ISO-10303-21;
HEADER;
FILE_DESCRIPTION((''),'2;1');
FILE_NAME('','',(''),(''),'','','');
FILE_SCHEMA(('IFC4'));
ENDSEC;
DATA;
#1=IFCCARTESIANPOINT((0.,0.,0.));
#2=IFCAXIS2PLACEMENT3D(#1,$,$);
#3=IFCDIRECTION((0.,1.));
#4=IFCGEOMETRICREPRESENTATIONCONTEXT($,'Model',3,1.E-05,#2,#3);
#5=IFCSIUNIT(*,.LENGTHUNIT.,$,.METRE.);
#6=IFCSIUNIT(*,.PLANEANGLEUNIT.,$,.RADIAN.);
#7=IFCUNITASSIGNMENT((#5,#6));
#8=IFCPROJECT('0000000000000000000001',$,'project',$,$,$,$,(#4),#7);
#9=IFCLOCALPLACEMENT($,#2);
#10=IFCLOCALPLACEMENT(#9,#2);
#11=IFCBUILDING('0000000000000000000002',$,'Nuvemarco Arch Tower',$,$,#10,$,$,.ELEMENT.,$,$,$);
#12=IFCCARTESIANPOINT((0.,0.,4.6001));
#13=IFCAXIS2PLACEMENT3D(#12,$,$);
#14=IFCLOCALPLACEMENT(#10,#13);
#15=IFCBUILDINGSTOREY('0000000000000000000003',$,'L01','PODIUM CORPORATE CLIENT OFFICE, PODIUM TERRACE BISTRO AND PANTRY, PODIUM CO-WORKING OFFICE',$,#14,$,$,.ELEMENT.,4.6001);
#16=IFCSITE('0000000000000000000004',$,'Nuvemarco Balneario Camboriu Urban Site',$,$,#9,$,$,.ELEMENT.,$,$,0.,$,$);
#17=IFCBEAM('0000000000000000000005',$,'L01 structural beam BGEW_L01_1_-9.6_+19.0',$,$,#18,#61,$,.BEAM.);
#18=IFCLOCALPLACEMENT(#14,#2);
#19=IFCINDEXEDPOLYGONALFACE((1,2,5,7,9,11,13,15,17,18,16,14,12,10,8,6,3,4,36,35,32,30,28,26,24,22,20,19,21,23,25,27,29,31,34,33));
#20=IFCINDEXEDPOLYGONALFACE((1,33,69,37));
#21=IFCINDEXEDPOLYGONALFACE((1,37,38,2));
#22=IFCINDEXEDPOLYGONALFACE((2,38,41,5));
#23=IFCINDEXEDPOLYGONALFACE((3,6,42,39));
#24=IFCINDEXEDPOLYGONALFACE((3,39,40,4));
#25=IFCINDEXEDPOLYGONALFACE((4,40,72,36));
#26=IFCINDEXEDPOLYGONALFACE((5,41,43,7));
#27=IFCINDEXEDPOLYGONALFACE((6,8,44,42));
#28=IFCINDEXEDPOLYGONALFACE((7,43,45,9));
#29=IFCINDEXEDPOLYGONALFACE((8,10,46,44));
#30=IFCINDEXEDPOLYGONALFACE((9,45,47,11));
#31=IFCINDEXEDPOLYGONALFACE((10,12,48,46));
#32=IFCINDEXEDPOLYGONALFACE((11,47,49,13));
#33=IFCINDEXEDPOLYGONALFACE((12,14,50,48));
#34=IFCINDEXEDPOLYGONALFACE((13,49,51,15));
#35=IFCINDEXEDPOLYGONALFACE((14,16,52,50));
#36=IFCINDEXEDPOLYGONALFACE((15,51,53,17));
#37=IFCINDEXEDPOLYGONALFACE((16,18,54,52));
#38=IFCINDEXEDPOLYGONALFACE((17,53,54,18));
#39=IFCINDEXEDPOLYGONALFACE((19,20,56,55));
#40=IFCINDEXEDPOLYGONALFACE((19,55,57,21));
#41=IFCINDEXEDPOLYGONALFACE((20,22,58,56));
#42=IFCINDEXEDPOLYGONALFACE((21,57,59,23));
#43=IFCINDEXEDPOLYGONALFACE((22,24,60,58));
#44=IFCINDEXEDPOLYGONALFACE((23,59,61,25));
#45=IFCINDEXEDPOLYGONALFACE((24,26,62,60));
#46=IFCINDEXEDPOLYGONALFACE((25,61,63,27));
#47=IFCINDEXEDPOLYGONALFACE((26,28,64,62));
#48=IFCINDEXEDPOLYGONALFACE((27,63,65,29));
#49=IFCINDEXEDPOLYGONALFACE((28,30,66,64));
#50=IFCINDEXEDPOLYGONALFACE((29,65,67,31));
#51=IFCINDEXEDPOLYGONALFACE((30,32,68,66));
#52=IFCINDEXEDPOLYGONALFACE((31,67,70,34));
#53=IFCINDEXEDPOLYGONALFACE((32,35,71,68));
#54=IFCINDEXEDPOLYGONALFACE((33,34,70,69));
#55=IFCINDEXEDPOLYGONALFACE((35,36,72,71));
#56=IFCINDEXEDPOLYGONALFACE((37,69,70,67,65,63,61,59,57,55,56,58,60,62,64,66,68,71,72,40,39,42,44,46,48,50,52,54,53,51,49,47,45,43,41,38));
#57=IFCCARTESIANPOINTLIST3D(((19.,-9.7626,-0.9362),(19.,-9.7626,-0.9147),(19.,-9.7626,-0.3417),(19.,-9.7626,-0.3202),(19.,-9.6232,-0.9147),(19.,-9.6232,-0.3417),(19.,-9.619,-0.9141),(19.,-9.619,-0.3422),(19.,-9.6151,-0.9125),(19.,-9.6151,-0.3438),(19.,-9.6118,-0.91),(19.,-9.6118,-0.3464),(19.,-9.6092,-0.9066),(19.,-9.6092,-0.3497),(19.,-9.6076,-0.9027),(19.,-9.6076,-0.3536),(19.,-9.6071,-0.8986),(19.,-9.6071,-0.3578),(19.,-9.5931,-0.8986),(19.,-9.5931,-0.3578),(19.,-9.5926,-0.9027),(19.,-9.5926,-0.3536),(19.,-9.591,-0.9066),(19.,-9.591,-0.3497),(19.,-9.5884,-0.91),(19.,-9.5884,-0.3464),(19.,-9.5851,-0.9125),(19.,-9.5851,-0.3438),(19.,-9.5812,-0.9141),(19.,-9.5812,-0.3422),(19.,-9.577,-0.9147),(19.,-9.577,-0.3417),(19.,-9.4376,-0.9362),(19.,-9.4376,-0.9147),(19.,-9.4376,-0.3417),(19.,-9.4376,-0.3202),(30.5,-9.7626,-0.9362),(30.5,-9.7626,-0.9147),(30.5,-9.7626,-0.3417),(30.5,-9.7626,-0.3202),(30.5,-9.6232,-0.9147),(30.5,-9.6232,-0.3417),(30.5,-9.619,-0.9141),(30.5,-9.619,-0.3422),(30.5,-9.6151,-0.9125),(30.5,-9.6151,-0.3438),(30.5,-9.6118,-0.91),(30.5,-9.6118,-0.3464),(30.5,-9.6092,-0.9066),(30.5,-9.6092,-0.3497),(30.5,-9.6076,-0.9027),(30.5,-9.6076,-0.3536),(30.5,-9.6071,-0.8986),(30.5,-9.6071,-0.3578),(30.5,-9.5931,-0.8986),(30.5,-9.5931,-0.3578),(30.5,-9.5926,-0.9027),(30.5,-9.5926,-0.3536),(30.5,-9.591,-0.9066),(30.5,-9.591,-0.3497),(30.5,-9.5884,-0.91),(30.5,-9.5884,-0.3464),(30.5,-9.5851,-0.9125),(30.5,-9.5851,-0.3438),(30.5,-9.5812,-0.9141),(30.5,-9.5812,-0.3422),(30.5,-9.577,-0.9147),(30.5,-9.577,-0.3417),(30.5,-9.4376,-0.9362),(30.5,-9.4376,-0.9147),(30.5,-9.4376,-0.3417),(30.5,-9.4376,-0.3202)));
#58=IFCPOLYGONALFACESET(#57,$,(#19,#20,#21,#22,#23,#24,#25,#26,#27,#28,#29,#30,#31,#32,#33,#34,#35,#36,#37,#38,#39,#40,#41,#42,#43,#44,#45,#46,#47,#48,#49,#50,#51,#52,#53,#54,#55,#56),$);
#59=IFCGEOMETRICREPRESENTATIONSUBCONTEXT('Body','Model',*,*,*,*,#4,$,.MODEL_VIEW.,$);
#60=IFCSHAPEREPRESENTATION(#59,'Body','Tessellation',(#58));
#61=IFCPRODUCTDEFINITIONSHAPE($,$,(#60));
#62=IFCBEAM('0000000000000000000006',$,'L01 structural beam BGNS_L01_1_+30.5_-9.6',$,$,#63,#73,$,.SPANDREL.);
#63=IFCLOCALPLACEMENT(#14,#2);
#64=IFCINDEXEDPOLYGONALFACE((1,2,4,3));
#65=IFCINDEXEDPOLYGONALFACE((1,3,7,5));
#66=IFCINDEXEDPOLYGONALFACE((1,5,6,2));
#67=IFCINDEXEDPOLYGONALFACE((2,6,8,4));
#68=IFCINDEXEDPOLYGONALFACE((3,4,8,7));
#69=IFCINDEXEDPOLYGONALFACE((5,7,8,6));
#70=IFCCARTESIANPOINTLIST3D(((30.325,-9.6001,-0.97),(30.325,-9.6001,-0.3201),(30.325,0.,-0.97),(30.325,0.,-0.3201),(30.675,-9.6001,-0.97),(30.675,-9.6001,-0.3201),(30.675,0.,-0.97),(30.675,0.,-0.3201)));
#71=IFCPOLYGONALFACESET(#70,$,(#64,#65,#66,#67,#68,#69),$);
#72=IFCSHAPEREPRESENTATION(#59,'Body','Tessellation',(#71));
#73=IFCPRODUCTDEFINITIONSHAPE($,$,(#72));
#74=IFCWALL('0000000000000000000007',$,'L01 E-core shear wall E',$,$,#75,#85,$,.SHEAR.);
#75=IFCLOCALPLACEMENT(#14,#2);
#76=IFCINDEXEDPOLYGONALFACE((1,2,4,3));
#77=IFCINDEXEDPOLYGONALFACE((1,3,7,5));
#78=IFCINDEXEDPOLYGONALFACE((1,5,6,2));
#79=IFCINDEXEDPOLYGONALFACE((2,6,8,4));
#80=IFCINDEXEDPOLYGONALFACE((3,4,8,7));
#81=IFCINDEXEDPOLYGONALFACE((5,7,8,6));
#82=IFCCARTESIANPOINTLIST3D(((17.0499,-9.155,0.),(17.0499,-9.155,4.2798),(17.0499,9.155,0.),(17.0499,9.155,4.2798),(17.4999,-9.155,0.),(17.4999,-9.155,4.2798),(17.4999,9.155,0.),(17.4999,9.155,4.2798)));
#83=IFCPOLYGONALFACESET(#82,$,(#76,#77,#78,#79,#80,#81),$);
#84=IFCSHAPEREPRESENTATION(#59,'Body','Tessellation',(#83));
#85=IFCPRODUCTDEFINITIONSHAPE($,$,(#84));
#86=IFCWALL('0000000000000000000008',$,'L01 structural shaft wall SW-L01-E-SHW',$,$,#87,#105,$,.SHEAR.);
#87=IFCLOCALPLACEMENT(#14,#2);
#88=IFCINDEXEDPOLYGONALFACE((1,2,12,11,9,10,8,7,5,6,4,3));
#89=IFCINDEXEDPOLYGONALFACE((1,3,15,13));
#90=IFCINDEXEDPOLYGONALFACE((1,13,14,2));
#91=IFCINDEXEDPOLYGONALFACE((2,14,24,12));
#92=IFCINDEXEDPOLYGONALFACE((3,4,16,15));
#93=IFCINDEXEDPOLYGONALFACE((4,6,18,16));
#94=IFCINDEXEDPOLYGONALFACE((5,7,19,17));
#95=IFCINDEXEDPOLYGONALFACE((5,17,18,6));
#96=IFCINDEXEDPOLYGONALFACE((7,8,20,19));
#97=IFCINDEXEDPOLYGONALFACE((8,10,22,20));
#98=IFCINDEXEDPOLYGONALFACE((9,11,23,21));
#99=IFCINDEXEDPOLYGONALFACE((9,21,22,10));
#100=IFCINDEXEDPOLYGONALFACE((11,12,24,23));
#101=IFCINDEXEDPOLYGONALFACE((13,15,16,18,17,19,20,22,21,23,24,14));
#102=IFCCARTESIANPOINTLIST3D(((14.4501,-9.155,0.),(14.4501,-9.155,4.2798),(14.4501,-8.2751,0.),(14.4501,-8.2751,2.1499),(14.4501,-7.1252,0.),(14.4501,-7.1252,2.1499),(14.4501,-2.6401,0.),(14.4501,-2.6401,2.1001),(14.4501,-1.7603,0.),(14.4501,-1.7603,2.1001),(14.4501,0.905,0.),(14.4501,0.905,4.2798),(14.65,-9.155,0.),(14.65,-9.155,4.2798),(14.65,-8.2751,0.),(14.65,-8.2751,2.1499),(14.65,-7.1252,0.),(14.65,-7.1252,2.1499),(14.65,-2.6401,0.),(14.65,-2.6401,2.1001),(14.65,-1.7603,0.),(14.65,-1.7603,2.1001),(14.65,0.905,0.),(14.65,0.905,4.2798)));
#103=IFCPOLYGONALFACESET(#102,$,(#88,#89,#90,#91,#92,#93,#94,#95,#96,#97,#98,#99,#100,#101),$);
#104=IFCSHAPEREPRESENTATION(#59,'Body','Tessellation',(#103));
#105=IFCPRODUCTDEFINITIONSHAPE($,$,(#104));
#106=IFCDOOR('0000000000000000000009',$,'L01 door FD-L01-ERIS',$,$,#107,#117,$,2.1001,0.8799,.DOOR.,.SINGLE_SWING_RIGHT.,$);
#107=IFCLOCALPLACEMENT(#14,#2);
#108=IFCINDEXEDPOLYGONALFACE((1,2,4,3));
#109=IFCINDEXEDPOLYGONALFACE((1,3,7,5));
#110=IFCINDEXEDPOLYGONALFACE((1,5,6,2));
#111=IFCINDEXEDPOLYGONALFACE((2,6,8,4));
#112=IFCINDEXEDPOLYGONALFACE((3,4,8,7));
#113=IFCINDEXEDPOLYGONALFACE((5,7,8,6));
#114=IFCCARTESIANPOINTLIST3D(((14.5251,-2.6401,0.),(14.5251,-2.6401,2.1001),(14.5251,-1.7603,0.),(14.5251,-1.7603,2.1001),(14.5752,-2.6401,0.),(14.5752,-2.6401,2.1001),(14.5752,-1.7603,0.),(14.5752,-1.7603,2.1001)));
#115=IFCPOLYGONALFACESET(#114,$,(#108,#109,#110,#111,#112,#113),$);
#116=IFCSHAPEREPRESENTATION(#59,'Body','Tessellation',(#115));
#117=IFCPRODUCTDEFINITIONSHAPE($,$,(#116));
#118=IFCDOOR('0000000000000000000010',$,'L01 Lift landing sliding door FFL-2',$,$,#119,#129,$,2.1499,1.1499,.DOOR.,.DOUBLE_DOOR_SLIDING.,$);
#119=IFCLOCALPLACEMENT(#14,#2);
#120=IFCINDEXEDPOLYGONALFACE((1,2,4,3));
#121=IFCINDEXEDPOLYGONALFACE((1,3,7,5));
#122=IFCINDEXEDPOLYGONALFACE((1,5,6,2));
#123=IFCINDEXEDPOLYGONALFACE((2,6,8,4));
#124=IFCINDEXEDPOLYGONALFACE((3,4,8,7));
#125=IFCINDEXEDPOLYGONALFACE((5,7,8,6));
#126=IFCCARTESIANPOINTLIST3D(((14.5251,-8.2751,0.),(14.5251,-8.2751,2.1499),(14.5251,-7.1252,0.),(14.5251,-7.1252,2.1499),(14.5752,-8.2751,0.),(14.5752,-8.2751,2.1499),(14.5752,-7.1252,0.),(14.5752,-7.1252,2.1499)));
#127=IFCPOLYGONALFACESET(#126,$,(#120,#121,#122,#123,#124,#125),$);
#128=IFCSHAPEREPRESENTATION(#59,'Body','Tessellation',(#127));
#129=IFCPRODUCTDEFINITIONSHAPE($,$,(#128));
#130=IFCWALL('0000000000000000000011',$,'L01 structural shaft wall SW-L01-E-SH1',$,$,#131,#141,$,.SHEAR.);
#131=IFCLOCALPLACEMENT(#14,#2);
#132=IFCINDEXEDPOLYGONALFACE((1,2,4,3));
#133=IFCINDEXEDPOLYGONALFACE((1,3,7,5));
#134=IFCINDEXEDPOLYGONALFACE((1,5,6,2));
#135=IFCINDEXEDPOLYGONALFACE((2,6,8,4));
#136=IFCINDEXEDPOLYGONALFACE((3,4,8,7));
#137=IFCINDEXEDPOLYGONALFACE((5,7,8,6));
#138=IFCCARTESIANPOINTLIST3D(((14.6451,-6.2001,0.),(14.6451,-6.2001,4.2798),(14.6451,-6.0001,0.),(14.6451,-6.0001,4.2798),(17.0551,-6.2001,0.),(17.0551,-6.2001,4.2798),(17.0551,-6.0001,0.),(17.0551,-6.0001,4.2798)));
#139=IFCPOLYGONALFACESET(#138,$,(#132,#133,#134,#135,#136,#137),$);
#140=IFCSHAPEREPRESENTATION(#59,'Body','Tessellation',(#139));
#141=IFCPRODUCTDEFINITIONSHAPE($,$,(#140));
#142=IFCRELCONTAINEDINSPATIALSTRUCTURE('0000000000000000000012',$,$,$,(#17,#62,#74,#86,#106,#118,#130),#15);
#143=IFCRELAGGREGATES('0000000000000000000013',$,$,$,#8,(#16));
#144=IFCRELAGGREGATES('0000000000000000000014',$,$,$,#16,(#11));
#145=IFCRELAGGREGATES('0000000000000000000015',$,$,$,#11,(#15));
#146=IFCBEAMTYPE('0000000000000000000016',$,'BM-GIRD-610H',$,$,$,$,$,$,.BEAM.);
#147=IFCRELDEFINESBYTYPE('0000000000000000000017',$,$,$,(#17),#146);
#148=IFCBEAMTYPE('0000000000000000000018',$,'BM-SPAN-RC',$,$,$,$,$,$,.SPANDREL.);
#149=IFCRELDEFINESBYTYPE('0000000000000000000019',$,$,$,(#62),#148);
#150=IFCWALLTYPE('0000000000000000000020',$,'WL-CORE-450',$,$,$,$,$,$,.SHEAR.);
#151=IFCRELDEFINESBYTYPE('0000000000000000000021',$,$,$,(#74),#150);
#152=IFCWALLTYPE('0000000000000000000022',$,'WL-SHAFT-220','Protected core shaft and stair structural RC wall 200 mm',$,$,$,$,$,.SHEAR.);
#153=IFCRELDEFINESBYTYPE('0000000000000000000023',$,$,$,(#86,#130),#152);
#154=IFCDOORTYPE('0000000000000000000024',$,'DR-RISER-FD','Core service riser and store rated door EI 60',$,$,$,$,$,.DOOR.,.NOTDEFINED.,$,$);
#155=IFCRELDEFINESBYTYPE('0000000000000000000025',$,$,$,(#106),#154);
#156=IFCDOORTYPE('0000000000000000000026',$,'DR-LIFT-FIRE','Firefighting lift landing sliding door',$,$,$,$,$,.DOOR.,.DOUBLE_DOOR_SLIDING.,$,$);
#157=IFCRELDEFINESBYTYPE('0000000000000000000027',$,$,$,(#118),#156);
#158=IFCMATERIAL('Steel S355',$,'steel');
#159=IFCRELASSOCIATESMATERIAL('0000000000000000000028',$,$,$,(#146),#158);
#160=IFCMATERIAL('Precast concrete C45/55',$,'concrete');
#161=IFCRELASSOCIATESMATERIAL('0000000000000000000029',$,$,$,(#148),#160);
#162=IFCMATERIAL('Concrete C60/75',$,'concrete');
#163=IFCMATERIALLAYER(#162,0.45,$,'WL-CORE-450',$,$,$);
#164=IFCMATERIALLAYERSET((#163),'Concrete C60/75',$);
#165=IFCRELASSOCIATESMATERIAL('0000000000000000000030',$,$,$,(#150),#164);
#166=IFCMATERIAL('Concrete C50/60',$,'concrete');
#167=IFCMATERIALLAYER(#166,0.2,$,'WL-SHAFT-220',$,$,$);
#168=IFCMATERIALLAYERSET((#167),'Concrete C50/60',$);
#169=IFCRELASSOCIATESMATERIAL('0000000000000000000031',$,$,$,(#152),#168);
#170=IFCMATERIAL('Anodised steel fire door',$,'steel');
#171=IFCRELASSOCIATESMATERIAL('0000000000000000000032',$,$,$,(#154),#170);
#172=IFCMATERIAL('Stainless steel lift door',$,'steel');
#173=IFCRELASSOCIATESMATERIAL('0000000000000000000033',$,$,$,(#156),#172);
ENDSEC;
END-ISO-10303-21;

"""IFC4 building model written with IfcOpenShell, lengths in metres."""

from ifc_helpers import new_model, si_unit, direction, frame, frame_2d, origin, origin_2d, place, context, subcontext, project, spatial, rectangle, i_section, extrude, source, transform, mapped, material, layer, layer_set, material_profile, profile_set, type_object, type_shapes, element, fill, save


model = new_model("IFC4")

# Units and contexts
model_context = context("Model", 3, precision=1e-05, world=origin(), true_north=direction((0.0, 1.0)))
body_context = subcontext(model_context, "Body", "Model", "MODEL_VIEW")
ifc_project = project(units=[si_unit("LENGTHUNIT", "METRE"), si_unit("PLANEANGLEUNIT", "RADIAN")], contexts=[model_context])

# Site, building, storey
site_placement = place(None, origin())
site = spatial("IfcSite", under=ifc_project, at=site_placement, Name="Nuvemarco Balneario Camboriu Urban Site", CompositionType="ELEMENT", RefElevation=0.0)
building_placement = place(site_placement, origin())
building = spatial("IfcBuilding", under=site, at=building_placement, Name="Nuvemarco Arch Tower", CompositionType="ELEMENT")
storey_placement = place(building_placement, frame((0.0, 0.0, 4.6001)))
storey = spatial("IfcBuildingStorey", under=building, at=storey_placement, Name="L01", Description="PODIUM CORPORATE CLIENT OFFICE, PODIUM TERRACE BISTRO AND PANTRY, PODIUM CO-WORKING OFFICE", CompositionType="ELEMENT", Elevation=4.6001)

# Shared definitions
ifc_material_1 = material(Name="Concrete C60/75", Category="concrete")

# Beams
ifc_material_2 = material(Name="Steel S355", Category="steel")
ifc_material_profile_1 = material_profile(ifc_material_2, i_section(OverallWidth=0.325, OverallDepth=0.616, WebThickness=0.0139, FlangeThickness=0.0215, FilletRadius=0.0161, at=origin_2d()), Name="W610x174")
ifc_profile_set_1 = profile_set([ifc_material_profile_1], Name="Steel S355")
beam_type_1 = type_object("IfcBeamType", Name="BM-GIRD-610H", PredefinedType="BEAM", material=ifc_profile_set_1)
beam_1_placement = place(storey_placement, frame((19.0, -9.6001, -0.6282), z_axis=(1.0, 0.0, 0.0), x_axis=(0.0, 1.0, 0.0)))
element("IfcBeam", 1, at=beam_1_placement, inside=storey, type_object=beam_type_1, Name="L01 structural beam BGEW_L01_1_-9.6_+19.0", PredefinedType="BEAM", context=body_context, shape_type="SweptSolid", body=[
    extrude(i_section(OverallWidth=0.325, OverallDepth=0.616, WebThickness=0.0139, FlangeThickness=0.0215, FilletRadius=0.0161, at=origin_2d()), origin(), (0.0, 0.0, 1.0), 11.5),
])
ifc_material_3 = material(Name="Precast concrete C45/55", Category="concrete")
ifc_material_profile_2 = material_profile(ifc_material_3, rectangle(XDim=0.3501, YDim=0.6499, at=origin_2d()), Name="PC-SP-350x650")
ifc_profile_set_2 = profile_set([ifc_material_profile_2], Name="Precast concrete C45/55")
beam_type_2 = type_object("IfcBeamType", Name="BM-SPAN-RC", PredefinedType="SPANDREL", material=ifc_profile_set_2)
beam_2_placement = place(storey_placement, frame((30.5, -9.6001, -0.645), z_axis=(0.0, 1.0, 0.0), x_axis=(-1.0, 0.0, 0.0)))
element("IfcBeam", 2, at=beam_2_placement, inside=storey, type_object=beam_type_2, Name="L01 structural beam BGNS_L01_1_+30.5_-9.6", PredefinedType="SPANDREL", context=body_context, shape_type="SweptSolid", body=[
    extrude(rectangle(XDim=0.3501, YDim=0.6499, at=origin_2d()), origin(), (0.0, 0.0, 1.0), 9.6001),
])

# Wall
ifc_layer_1 = layer(ifc_material_1, 0.45, Name="WL-CORE-450")
ifc_layer_set_1 = layer_set([ifc_layer_1], Name="Concrete C60/75")
wall_type_1 = type_object("IfcWallType", Name="WL-CORE-450", PredefinedType="SHEAR", material=ifc_layer_set_1)
wall_1_placement = place(storey_placement, frame((17.2749, -9.155, 0.0), z_axis=(0.0, 0.0, 1.0), x_axis=(0.0, 1.0, 0.0)))
element("IfcWall", 3, at=wall_1_placement, inside=storey, type_object=wall_type_1, Name="L01 E-core shear wall E", PredefinedType="SHEAR", context=body_context, shape_type="SweptSolid", body=[
    extrude(rectangle(XDim=18.3101, YDim=0.45, at=frame_2d((9.155, 0.0))), origin(), (0.0, 0.0, 1.0), 4.2798),
])

# Wall, openings, doors
ifc_material_4 = material(Name="Concrete C50/60", Category="concrete")
ifc_layer_2 = layer(ifc_material_4, 0.2, Name="WL-SHAFT-220")
ifc_layer_set_2 = layer_set([ifc_layer_2], Name="Concrete C50/60")
wall_type_2 = type_object("IfcWallType", Name="WL-SHAFT-220", Description="Protected core shaft and stair structural RC wall 200 mm", PredefinedType="SHEAR", material=ifc_layer_set_2)
wall_2_placement = place(storey_placement, frame((14.55, -9.155, 0.0), z_axis=(0.0, 0.0, 1.0), x_axis=(0.0, 1.0, 0.0)))
wall_2 = element("IfcWall", 4, at=wall_2_placement, inside=storey, type_object=wall_type_2, Name="L01 structural shaft wall SW-L01-E-SHW", PredefinedType="SHEAR", context=body_context, shape_type="SweptSolid", body=[
    extrude(rectangle(XDim=10.0601, YDim=0.2, at=frame_2d((5.03, 0.0))), origin(), (0.0, 0.0, 1.0), 4.2798),
])
opening_1_placement = place(wall_2_placement, frame((6.5149, 0.0, 0.0)))
opening_1 = element("IfcOpeningElement", 5, at=opening_1_placement, cuts=wall_2, PredefinedType="OPENING", context=body_context, shape_type="SweptSolid", body=[
    extrude(rectangle(XDim=0.8799, YDim=2.1001, at=frame_2d((0.4399, 1.05))), frame((0.0, 0.1099, 0.0), z_axis=(0.0, -1.0, 0.0), x_axis=(1.0, 0.0, 0.0)), (0.0, 0.0, 1.0), 0.22),
])
opening_2_placement = place(wall_2_placement, frame((0.8799, 0.0, 0.0)))
opening_2 = element("IfcOpeningElement", 6, at=opening_2_placement, cuts=wall_2, PredefinedType="OPENING", context=body_context, shape_type="SweptSolid", body=[
    extrude(rectangle(XDim=1.1499, YDim=2.1499, at=frame_2d((0.575, 1.075))), frame((0.0, 0.1099, 0.0), z_axis=(0.0, -1.0, 0.0), x_axis=(1.0, 0.0, 0.0)), (0.0, 0.0, 1.0), 0.22),
])
ifc_material_5 = material(Name="Anodised steel fire door", Category="steel")
door_type_1 = type_object("IfcDoorType", Name="DR-RISER-FD", Description="Core service riser and store rated door EI 60", OperationType="NOTDEFINED", PredefinedType="DOOR", material=ifc_material_5)
shared_shape_1 = source(origin(), body_context, "Body", "SweptSolid", [
    extrude(rectangle(XDim=0.8799, YDim=2.1001, at=frame_2d((0.4399, 1.05))), frame((0.0, 0.0249, 0.0), z_axis=(0.0, -1.0, 0.0), x_axis=(1.0, 0.0, 0.0)), (0.0, 0.0, 1.0), 0.05),
])
type_shapes(door_type_1, [shared_shape_1])
door_1_placement = place(opening_1_placement, origin())
door_1 = element("IfcDoor", 7, at=door_1_placement, inside=storey, type_object=door_type_1, Name="L01 door FD-L01-ERIS", OperationType="SINGLE_SWING_RIGHT", OverallHeight=2.1001, OverallWidth=0.8799, PredefinedType="DOOR", context=body_context, shape_type="MappedRepresentation", body=[
    mapped(shared_shape_1, transform((0.0, 0.0, 0.0), scale=1.0)),
])
fill(opening_1, door_1)
ifc_material_6 = material(Name="Stainless steel lift door", Category="steel")
door_type_2 = type_object("IfcDoorType", Name="DR-LIFT-FIRE", Description="Firefighting lift landing sliding door", OperationType="DOUBLE_DOOR_SLIDING", PredefinedType="DOOR", material=ifc_material_6)
shared_shape_2 = source(origin(), body_context, "Body", "SweptSolid", [
    extrude(rectangle(XDim=1.1499, YDim=2.1499, at=frame_2d((0.575, 1.075))), frame((0.0, 0.0249, 0.0), z_axis=(0.0, -1.0, 0.0), x_axis=(1.0, 0.0, 0.0)), (0.0, 0.0, 1.0), 0.05),
])
type_shapes(door_type_2, [shared_shape_2])
door_2_placement = place(opening_2_placement, origin())
door_2 = element("IfcDoor", 8, at=door_2_placement, inside=storey, type_object=door_type_2, Name="L01 Lift landing sliding door FFL-2", OperationType="DOUBLE_DOOR_SLIDING", OverallHeight=2.1499, OverallWidth=1.1499, PredefinedType="DOOR", context=body_context, shape_type="MappedRepresentation", body=[
    mapped(shared_shape_2, transform((0.0, 0.0, 0.0), scale=1.0)),
])
fill(opening_2, door_2)

# Wall
wall_3_placement = place(storey_placement, frame((14.645, -6.1001, 0.0), z_axis=(0.0, 0.0, 1.0), x_axis=(1.0, 0.0, 0.0)))
element("IfcWall", 9, at=wall_3_placement, inside=storey, type_object=wall_type_2, Name="L01 structural shaft wall SW-L01-E-SH1", PredefinedType="SHEAR", context=body_context, shape_type="SweptSolid", body=[
    extrude(rectangle(XDim=2.4099, YDim=0.2, at=frame_2d((1.2051, 0.0))), origin(), (0.0, 0.0, 1.0), 4.2798),
])

save(model, "model.ifc")
